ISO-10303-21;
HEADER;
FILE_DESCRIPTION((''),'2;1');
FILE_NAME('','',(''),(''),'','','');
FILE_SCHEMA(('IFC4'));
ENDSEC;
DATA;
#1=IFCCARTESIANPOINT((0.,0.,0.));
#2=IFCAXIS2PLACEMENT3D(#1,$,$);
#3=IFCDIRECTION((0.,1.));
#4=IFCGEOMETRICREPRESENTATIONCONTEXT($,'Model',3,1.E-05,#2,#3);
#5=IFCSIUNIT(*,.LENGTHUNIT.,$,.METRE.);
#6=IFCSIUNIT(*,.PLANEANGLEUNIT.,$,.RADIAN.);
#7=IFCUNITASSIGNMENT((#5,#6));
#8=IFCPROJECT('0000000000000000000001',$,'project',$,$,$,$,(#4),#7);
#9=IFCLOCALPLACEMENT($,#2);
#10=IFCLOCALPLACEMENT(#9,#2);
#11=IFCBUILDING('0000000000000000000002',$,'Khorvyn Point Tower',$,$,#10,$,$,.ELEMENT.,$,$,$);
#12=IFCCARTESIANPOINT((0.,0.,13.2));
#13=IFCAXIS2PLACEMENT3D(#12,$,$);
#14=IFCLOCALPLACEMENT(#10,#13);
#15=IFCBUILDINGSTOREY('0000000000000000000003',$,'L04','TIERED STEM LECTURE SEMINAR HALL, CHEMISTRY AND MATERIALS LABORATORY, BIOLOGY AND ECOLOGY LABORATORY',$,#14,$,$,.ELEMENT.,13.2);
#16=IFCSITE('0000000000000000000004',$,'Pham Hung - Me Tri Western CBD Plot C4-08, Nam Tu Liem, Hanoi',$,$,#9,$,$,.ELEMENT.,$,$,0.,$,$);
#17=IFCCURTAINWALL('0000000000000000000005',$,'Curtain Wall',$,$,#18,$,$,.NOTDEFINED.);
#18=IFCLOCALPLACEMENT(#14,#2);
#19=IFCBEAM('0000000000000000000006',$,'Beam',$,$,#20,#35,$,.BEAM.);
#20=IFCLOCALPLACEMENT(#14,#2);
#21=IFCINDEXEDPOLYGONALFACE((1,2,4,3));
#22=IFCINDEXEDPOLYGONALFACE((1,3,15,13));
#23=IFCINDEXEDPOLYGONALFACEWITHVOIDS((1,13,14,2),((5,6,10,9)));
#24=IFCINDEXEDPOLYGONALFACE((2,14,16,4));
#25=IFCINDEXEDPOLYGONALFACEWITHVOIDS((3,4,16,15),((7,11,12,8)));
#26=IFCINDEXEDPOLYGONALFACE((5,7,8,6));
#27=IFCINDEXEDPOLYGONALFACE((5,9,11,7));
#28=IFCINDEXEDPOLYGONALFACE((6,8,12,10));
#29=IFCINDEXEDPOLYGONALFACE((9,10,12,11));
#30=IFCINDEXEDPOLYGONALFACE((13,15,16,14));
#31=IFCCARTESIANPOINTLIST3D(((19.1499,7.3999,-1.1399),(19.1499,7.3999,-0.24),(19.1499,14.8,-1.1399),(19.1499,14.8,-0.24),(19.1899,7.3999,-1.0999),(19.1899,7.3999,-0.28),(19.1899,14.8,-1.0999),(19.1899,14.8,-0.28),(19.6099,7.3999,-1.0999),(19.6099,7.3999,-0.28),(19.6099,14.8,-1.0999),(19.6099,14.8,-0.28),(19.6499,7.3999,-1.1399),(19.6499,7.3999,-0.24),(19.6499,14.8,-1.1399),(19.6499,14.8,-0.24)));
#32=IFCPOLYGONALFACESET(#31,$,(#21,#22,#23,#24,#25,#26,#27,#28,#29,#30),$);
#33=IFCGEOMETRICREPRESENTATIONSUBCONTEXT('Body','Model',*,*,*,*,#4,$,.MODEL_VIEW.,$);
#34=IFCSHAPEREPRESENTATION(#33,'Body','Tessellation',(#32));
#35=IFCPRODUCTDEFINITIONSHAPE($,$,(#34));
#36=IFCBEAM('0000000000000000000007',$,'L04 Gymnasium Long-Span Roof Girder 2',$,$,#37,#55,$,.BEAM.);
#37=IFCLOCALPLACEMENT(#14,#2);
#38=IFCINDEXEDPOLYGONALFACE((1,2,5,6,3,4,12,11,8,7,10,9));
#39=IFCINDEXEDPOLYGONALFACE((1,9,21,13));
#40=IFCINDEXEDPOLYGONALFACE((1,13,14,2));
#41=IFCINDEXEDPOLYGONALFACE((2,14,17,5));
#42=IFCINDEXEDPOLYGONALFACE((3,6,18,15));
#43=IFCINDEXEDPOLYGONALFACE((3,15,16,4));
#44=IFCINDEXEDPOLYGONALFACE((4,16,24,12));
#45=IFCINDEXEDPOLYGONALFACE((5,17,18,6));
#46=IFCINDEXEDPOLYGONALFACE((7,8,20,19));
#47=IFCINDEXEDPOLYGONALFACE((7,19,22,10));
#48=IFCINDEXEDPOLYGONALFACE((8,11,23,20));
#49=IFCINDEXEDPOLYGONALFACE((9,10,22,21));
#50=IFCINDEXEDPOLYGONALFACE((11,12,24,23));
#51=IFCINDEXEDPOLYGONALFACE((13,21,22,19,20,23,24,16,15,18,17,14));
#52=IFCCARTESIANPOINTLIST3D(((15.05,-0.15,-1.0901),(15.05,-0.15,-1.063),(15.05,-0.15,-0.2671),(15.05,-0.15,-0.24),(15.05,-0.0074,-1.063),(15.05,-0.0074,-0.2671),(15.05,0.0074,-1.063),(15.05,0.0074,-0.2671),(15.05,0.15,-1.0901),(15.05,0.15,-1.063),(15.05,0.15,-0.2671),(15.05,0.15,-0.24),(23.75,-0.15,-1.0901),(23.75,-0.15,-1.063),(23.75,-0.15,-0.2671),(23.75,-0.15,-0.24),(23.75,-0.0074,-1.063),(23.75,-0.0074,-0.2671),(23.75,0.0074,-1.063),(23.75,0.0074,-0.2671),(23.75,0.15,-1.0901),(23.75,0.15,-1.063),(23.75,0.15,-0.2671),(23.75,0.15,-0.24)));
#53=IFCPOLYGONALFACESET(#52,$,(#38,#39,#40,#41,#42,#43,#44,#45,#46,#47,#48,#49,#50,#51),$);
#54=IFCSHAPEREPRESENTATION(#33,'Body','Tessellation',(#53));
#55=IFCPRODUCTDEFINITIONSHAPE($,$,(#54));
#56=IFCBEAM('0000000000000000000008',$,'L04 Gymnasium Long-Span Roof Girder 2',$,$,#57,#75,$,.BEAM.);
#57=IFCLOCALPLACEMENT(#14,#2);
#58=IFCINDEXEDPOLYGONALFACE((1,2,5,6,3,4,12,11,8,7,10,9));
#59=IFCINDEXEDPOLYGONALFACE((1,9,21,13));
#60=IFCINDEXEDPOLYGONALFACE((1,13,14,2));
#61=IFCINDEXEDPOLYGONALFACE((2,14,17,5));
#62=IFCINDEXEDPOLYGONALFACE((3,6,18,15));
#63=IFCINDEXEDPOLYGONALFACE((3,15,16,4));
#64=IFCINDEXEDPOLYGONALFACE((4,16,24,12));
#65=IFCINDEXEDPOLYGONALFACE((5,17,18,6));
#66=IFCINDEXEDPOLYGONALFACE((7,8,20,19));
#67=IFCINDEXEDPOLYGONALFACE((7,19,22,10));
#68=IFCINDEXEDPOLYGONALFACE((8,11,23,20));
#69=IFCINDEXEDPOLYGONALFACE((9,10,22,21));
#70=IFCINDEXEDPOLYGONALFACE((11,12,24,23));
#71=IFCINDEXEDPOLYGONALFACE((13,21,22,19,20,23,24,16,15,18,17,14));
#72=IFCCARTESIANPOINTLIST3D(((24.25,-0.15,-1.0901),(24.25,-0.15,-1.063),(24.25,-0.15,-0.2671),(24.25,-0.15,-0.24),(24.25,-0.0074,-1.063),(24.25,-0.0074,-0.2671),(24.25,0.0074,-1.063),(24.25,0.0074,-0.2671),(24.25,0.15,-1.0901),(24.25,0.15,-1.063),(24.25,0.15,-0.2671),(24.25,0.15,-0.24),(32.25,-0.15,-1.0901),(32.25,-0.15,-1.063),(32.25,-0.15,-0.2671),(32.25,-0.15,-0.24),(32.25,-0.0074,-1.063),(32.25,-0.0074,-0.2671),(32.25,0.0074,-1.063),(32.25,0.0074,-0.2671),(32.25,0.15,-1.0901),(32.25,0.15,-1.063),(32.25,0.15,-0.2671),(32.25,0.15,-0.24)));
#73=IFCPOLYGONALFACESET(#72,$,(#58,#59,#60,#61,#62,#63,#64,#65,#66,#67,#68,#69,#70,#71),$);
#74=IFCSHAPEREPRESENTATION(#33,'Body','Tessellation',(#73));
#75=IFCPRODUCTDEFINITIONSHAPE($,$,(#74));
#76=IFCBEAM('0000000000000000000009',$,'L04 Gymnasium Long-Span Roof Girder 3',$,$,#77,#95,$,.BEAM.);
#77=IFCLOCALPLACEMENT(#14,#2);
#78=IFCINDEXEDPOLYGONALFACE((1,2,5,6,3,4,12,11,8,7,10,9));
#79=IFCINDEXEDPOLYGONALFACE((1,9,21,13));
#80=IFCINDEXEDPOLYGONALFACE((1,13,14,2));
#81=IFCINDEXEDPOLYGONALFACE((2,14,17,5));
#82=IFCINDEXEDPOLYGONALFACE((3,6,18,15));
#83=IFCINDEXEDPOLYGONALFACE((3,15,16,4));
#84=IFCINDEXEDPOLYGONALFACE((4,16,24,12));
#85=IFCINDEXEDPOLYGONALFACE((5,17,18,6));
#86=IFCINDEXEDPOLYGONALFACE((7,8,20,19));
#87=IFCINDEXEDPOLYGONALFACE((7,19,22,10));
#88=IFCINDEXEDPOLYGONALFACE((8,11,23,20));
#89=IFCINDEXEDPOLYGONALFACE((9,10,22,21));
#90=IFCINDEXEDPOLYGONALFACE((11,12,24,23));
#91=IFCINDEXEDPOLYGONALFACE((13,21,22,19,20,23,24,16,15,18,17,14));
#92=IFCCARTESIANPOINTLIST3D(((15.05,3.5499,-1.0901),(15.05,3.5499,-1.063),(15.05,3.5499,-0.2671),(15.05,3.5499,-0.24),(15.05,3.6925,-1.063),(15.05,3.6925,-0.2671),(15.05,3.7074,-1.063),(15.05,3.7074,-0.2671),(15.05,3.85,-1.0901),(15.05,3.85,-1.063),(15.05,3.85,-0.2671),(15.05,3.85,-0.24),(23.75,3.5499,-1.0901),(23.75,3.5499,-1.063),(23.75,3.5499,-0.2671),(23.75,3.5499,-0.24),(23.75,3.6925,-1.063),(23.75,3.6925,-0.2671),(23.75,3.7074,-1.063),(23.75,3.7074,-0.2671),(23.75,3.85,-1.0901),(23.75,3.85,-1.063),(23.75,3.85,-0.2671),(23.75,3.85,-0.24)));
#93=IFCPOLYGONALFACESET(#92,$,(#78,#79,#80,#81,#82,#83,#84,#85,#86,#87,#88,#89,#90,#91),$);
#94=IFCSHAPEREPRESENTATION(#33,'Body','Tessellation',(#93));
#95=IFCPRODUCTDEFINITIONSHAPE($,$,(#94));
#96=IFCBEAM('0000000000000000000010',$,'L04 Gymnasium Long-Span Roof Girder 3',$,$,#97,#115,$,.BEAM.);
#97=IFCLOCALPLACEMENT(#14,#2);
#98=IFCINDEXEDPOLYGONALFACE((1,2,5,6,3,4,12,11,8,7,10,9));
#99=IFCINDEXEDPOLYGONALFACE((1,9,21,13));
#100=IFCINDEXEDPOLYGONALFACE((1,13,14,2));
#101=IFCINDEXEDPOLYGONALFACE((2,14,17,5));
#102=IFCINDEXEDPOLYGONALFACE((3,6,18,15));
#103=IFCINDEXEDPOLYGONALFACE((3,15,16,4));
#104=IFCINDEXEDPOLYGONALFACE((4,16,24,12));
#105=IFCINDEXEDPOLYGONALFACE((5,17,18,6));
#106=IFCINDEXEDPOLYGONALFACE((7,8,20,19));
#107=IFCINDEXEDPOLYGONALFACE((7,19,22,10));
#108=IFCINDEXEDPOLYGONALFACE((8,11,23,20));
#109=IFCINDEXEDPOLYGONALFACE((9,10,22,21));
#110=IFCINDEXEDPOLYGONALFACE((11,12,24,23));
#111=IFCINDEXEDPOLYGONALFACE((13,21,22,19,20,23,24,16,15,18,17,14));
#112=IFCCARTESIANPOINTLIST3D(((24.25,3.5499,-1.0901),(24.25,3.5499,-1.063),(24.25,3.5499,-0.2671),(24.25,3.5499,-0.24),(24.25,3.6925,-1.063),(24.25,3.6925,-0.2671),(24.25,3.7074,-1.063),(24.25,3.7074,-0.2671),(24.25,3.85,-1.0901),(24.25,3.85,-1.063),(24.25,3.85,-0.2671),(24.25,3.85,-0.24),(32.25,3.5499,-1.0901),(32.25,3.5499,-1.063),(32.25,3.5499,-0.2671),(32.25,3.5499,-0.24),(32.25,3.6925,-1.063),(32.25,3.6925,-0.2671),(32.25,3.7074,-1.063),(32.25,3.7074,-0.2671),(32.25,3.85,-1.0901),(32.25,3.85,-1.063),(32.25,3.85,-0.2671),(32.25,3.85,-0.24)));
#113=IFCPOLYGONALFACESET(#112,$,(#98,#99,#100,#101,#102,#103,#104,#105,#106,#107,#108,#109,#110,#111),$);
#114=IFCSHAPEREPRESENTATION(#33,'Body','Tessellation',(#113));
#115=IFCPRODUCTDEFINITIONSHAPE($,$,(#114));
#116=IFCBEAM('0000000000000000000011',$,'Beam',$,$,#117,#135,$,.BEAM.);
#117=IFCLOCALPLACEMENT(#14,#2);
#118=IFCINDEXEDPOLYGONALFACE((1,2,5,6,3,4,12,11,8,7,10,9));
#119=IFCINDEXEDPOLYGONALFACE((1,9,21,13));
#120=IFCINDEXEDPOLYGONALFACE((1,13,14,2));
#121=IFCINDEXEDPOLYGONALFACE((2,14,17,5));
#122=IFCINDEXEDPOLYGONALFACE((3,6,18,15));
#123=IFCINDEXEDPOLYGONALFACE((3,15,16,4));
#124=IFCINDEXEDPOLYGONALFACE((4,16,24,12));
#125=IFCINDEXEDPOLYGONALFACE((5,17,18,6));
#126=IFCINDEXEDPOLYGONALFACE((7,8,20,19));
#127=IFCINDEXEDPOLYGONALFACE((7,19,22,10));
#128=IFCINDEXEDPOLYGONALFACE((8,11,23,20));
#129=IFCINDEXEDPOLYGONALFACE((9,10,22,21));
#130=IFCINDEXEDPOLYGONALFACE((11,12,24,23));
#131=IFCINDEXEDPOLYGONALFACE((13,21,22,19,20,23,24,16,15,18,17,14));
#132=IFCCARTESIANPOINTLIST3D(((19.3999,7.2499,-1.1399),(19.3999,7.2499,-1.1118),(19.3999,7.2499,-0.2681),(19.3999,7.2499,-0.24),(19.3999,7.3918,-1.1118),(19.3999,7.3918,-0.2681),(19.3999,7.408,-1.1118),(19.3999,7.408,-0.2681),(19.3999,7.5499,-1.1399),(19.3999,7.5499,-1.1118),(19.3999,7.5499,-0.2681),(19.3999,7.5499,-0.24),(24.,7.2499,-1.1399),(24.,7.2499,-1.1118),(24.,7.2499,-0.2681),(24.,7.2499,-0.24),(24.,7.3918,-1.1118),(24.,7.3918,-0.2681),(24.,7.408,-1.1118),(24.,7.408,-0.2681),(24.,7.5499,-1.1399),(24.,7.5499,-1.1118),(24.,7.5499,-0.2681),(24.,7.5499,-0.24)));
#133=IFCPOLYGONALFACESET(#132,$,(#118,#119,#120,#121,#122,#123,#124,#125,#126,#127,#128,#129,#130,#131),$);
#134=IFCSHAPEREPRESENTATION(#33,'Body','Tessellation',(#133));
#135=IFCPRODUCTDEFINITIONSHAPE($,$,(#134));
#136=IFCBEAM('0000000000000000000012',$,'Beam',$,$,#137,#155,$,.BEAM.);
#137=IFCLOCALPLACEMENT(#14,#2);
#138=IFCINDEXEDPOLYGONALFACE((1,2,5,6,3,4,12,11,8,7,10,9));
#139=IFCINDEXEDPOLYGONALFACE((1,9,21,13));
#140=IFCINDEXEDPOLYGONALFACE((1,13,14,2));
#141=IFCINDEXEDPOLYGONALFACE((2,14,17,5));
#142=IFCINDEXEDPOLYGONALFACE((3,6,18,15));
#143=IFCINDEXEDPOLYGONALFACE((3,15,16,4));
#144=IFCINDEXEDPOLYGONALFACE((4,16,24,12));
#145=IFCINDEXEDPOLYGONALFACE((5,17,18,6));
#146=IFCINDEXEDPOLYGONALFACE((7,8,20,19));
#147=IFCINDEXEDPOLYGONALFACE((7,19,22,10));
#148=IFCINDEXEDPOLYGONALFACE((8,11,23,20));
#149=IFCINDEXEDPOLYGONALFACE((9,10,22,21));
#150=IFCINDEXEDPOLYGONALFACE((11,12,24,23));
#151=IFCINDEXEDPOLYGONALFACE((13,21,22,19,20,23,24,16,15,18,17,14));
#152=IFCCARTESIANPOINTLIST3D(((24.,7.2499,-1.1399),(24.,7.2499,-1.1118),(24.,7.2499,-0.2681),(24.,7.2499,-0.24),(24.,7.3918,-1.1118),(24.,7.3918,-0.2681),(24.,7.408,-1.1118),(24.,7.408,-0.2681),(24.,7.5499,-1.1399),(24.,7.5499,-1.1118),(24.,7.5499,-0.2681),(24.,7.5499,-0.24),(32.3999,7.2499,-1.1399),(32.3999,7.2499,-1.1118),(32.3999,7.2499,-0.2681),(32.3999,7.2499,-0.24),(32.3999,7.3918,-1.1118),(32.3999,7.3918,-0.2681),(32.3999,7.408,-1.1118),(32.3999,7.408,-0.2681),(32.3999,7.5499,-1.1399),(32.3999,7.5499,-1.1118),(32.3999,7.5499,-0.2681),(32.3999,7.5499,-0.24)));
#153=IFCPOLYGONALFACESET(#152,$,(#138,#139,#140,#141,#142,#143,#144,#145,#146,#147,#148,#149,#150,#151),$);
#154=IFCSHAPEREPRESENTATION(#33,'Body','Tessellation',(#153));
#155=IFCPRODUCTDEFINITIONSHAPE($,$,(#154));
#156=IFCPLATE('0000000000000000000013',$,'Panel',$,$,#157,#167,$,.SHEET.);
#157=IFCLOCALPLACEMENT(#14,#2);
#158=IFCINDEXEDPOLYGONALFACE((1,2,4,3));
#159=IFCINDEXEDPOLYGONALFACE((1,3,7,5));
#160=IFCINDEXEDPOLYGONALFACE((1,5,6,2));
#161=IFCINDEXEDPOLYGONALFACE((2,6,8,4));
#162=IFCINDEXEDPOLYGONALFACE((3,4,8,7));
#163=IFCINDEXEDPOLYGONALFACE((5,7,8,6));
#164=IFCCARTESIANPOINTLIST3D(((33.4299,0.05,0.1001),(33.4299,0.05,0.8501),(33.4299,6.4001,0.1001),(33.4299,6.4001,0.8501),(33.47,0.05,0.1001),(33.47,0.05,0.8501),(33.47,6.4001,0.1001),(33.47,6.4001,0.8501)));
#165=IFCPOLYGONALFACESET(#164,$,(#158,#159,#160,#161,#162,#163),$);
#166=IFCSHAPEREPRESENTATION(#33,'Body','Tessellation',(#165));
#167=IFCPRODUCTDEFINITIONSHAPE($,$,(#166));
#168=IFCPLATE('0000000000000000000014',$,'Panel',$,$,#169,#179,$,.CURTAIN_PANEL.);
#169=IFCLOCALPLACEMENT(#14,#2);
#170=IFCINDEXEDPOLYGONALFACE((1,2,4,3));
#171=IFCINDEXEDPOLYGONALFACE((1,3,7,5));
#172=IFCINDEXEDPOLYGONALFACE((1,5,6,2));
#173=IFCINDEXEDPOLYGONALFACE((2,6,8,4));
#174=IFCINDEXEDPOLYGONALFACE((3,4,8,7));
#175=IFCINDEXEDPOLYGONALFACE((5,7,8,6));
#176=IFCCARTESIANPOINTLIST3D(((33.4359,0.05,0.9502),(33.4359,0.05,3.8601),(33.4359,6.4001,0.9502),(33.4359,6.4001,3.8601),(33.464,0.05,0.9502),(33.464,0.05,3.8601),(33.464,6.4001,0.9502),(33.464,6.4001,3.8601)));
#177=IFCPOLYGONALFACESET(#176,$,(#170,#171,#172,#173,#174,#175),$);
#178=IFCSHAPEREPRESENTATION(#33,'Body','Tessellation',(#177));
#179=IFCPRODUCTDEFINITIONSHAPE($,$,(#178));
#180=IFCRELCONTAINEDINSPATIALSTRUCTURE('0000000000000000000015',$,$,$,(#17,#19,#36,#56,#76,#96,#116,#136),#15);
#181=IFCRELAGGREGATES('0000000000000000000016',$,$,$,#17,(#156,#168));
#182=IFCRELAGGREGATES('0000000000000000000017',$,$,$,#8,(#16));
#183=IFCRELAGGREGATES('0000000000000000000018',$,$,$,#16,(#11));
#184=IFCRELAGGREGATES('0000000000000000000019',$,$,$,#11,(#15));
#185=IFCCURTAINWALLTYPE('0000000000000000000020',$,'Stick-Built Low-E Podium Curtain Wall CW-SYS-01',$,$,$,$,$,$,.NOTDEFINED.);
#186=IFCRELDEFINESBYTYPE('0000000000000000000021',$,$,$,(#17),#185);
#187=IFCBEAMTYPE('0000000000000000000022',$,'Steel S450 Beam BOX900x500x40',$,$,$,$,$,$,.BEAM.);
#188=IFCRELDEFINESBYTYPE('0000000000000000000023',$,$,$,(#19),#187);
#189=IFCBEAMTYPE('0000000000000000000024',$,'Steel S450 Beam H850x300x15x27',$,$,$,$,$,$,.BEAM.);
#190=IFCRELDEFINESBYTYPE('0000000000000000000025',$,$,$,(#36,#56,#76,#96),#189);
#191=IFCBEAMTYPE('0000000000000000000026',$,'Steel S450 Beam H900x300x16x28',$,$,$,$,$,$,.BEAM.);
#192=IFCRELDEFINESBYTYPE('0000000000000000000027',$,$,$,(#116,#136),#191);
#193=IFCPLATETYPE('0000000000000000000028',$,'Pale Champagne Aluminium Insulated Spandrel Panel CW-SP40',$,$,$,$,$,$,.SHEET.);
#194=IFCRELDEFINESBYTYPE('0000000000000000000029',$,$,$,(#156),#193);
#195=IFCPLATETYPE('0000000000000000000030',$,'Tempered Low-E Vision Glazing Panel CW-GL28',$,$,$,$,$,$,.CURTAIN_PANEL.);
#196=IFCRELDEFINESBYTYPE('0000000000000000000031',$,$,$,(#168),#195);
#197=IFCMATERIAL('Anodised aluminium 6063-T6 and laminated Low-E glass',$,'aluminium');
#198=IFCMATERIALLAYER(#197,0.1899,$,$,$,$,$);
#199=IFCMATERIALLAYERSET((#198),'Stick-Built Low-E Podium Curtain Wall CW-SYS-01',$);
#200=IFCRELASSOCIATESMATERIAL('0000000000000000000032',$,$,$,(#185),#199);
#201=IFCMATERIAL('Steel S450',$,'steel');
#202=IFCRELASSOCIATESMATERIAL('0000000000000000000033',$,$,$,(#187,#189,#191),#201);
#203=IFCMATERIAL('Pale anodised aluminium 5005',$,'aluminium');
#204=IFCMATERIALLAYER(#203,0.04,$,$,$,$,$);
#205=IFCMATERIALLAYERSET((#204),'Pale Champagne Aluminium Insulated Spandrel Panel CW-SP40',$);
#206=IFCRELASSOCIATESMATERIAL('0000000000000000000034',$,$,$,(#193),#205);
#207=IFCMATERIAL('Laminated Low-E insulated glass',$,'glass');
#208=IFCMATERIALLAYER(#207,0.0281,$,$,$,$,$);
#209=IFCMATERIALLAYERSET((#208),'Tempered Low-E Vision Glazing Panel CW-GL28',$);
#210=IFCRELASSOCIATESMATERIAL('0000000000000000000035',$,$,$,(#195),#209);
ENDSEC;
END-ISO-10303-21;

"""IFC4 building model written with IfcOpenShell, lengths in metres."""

from ifc_helpers import new_model, si_unit, direction, frame, origin, origin_2d, place, context, subcontext, project, spatial, rectangle, hollow_rectangle, i_section, extrude, material, layer, layer_set, material_profile, profile_set, type_object, element, aggregate, save


model = new_model("IFC4")

# Units and contexts
model_context = context("Model", 3, precision=1e-05, world=origin(), true_north=direction((0.0, 1.0)))
body_context = subcontext(model_context, "Body", "Model", "MODEL_VIEW")
ifc_project = project(units=[si_unit("LENGTHUNIT", "METRE"), si_unit("PLANEANGLEUNIT", "RADIAN")], contexts=[model_context])

# Site, building, storey
site_placement = place(None, origin())
site = spatial("IfcSite", under=ifc_project, at=site_placement, Name="Pham Hung - Me Tri Western CBD Plot C4-08, Nam Tu Liem, Hanoi", CompositionType="ELEMENT", RefElevation=0.0)
building_placement = place(site_placement, origin())
building = spatial("IfcBuilding", under=site, at=building_placement, Name="Khorvyn Point Tower", CompositionType="ELEMENT")
storey_placement = place(building_placement, frame((0.0, 0.0, 13.2)))
storey = spatial("IfcBuildingStorey", under=building, at=storey_placement, Name="L04", Description="TIERED STEM LECTURE SEMINAR HALL, CHEMISTRY AND MATERIALS LABORATORY, BIOLOGY AND ECOLOGY LABORATORY", CompositionType="ELEMENT", Elevation=13.2)

# Curtain wall
ifc_material_1 = material(Name="Anodised aluminium 6063-T6 and laminated Low-E glass", Category="aluminium")
ifc_layer_1 = layer(ifc_material_1, 0.1899)
ifc_layer_set_1 = layer_set([ifc_layer_1], Name="Stick-Built Low-E Podium Curtain Wall CW-SYS-01")
curtain_wall_type = type_object("IfcCurtainWallType", Name="Stick-Built Low-E Podium Curtain Wall CW-SYS-01", PredefinedType="NOTDEFINED", material=ifc_layer_set_1)
curtain_wall_placement = place(storey_placement, origin())
curtain_wall = element("IfcCurtainWall", 1, at=curtain_wall_placement, inside=storey, type_object=curtain_wall_type, Name="Curtain Wall", PredefinedType="NOTDEFINED")

# Beams
ifc_material_2 = material(Name="Steel S450", Category="steel")
ifc_material_profile_1 = material_profile(ifc_material_2, hollow_rectangle(XDim=0.5, YDim=0.8999, WallThickness=0.04, at=origin_2d()))
ifc_profile_set_1 = profile_set([ifc_material_profile_1], Name="Steel S450 BOX900x500x40")
beam_type_1 = type_object("IfcBeamType", Name="Steel S450 Beam BOX900x500x40", PredefinedType="BEAM", material=ifc_profile_set_1)
for number, where, z_axis, x_axis, name in (
    (2, (19.3999, 7.3999, -0.6899), (0.0, 1.0, 0.0), (-1.0, 0.0, 0.0), "Beam"),
):
    element("IfcBeam", number, at=place(storey_placement, frame(where, z_axis=z_axis, x_axis=x_axis)), inside=storey, type_object=beam_type_1, Name=name, PredefinedType="BEAM", context=body_context, shape_type="SweptSolid", body=[
        extrude(hollow_rectangle(XDim=0.5, YDim=0.8999, WallThickness=0.04, at=origin_2d()), origin(), (0.0, 0.0, 1.0), 7.4001),
    ])
ifc_material_profile_2 = material_profile(ifc_material_2, i_section(OverallWidth=0.3, OverallDepth=0.8501, WebThickness=0.0149, FlangeThickness=0.0271, at=origin_2d()))
ifc_profile_set_2 = profile_set([ifc_material_profile_2], Name="Steel S450 H850x300x15x27")
beam_type_2 = type_object("IfcBeamType", Name="Steel S450 Beam H850x300x15x27", PredefinedType="BEAM", material=ifc_profile_set_2)
beam_1_placement = place(storey_placement, frame((15.05, 0.0, -0.665), z_axis=(1.0, 0.0, 0.0), x_axis=(0.0, 1.0, 0.0)))
element("IfcBeam", 3, at=beam_1_placement, inside=storey, type_object=beam_type_2, Name="L04 Gymnasium Long-Span Roof Girder 2", PredefinedType="BEAM", context=body_context, shape_type="SweptSolid", body=[
    extrude(i_section(OverallWidth=0.3, OverallDepth=0.8501, WebThickness=0.0149, FlangeThickness=0.0271, at=origin_2d()), origin(), (0.0, 0.0, 1.0), 8.7),
])
beam_2_placement = place(storey_placement, frame((24.25, 0.0, -0.665), z_axis=(1.0, 0.0, 0.0), x_axis=(0.0, 1.0, 0.0)))
element("IfcBeam", 4, at=beam_2_placement, inside=storey, type_object=beam_type_2, Name="L04 Gymnasium Long-Span Roof Girder 2", PredefinedType="BEAM", context=body_context, shape_type="SweptSolid", body=[
    extrude(i_section(OverallWidth=0.3, OverallDepth=0.8501, WebThickness=0.0149, FlangeThickness=0.0271, at=origin_2d()), origin(), (0.0, 0.0, 1.0), 8.0),
])
beam_3_placement = place(storey_placement, frame((15.05, 3.7, -0.665), z_axis=(1.0, 0.0, 0.0), x_axis=(0.0, 1.0, 0.0)))
element("IfcBeam", 5, at=beam_3_placement, inside=storey, type_object=beam_type_2, Name="L04 Gymnasium Long-Span Roof Girder 3", PredefinedType="BEAM", context=body_context, shape_type="SweptSolid", body=[
    extrude(i_section(OverallWidth=0.3, OverallDepth=0.8501, WebThickness=0.0149, FlangeThickness=0.0271, at=origin_2d()), origin(), (0.0, 0.0, 1.0), 8.7),
])
beam_4_placement = place(storey_placement, frame((24.25, 3.7, -0.665), z_axis=(1.0, 0.0, 0.0), x_axis=(0.0, 1.0, 0.0)))
element("IfcBeam", 6, at=beam_4_placement, inside=storey, type_object=beam_type_2, Name="L04 Gymnasium Long-Span Roof Girder 3", PredefinedType="BEAM", context=body_context, shape_type="SweptSolid", body=[
    extrude(i_section(OverallWidth=0.3, OverallDepth=0.8501, WebThickness=0.0149, FlangeThickness=0.0271, at=origin_2d()), origin(), (0.0, 0.0, 1.0), 8.0),
])
ifc_material_profile_3 = material_profile(ifc_material_2, i_section(OverallWidth=0.3, OverallDepth=0.8999, WebThickness=0.0161, FlangeThickness=0.0281, at=origin_2d()))
ifc_profile_set_3 = profile_set([ifc_material_profile_3], Name="Steel S450 H900x300x16x28")
beam_type_3 = type_object("IfcBeamType", Name="Steel S450 Beam H900x300x16x28", PredefinedType="BEAM", material=ifc_profile_set_3)
beam_5_placement = place(storey_placement, frame((19.3999, 7.3999, -0.6899), z_axis=(1.0, 0.0, 0.0), x_axis=(0.0, 1.0, 0.0)))
element("IfcBeam", 7, at=beam_5_placement, inside=storey, type_object=beam_type_3, Name="Beam", PredefinedType="BEAM", context=body_context, shape_type="SweptSolid", body=[
    extrude(i_section(OverallWidth=0.3, OverallDepth=0.8999, WebThickness=0.0161, FlangeThickness=0.0281, at=origin_2d()), origin(), (0.0, 0.0, 1.0), 4.6001),
])
beam_6_placement = place(storey_placement, frame((24.0, 7.3999, -0.6899), z_axis=(1.0, 0.0, 0.0), x_axis=(0.0, 1.0, 0.0)))
element("IfcBeam", 8, at=beam_6_placement, inside=storey, type_object=beam_type_3, Name="Beam", PredefinedType="BEAM", context=body_context, shape_type="SweptSolid", body=[
    extrude(i_section(OverallWidth=0.3, OverallDepth=0.8999, WebThickness=0.0161, FlangeThickness=0.0281, at=origin_2d()), origin(), (0.0, 0.0, 1.0), 8.3999),
])

# Plates
ifc_material_3 = material(Name="Pale anodised aluminium 5005", Category="aluminium")
ifc_layer_2 = layer(ifc_material_3, 0.04)
ifc_layer_set_2 = layer_set([ifc_layer_2], Name="Pale Champagne Aluminium Insulated Spandrel Panel CW-SP40")
plate_type_1 = type_object("IfcPlateType", Name="Pale Champagne Aluminium Insulated Spandrel Panel CW-SP40", PredefinedType="SHEET", material=ifc_layer_set_2)
plate_1_placement = place(storey_placement, frame((33.45, 3.2251, 0.1001), z_axis=(0.0, 0.0, 1.0), x_axis=(0.0, 1.0, 0.0)))
plate_1 = element("IfcPlate", 9, at=plate_1_placement, type_object=plate_type_1, Name="Panel", PredefinedType="SHEET", context=body_context, shape_type="SweptSolid", body=[
    extrude(rectangle(XDim=6.3501, YDim=0.04, at=origin_2d()), origin(), (0.0, 0.0, 1.0), 0.75),
])
ifc_material_4 = material(Name="Laminated Low-E insulated glass", Category="glass")
ifc_layer_3 = layer(ifc_material_4, 0.0281)
ifc_layer_set_3 = layer_set([ifc_layer_3], Name="Tempered Low-E Vision Glazing Panel CW-GL28")
plate_type_2 = type_object("IfcPlateType", Name="Tempered Low-E Vision Glazing Panel CW-GL28", PredefinedType="CURTAIN_PANEL", material=ifc_layer_set_3)
plate_2_placement = place(storey_placement, frame((33.45, 3.2251, 0.9502), z_axis=(0.0, 0.0, 1.0), x_axis=(0.0, 1.0, 0.0)))
plate_2 = element("IfcPlate", 10, at=plate_2_placement, type_object=plate_type_2, Name="Panel", PredefinedType="CURTAIN_PANEL", context=body_context, shape_type="SweptSolid", body=[
    extrude(rectangle(XDim=6.3501, YDim=0.0281, at=origin_2d()), origin(), (0.0, 0.0, 1.0), 2.9099),
])
aggregate(curtain_wall, [plate_1, plate_2])

save(model, "model.ifc")
